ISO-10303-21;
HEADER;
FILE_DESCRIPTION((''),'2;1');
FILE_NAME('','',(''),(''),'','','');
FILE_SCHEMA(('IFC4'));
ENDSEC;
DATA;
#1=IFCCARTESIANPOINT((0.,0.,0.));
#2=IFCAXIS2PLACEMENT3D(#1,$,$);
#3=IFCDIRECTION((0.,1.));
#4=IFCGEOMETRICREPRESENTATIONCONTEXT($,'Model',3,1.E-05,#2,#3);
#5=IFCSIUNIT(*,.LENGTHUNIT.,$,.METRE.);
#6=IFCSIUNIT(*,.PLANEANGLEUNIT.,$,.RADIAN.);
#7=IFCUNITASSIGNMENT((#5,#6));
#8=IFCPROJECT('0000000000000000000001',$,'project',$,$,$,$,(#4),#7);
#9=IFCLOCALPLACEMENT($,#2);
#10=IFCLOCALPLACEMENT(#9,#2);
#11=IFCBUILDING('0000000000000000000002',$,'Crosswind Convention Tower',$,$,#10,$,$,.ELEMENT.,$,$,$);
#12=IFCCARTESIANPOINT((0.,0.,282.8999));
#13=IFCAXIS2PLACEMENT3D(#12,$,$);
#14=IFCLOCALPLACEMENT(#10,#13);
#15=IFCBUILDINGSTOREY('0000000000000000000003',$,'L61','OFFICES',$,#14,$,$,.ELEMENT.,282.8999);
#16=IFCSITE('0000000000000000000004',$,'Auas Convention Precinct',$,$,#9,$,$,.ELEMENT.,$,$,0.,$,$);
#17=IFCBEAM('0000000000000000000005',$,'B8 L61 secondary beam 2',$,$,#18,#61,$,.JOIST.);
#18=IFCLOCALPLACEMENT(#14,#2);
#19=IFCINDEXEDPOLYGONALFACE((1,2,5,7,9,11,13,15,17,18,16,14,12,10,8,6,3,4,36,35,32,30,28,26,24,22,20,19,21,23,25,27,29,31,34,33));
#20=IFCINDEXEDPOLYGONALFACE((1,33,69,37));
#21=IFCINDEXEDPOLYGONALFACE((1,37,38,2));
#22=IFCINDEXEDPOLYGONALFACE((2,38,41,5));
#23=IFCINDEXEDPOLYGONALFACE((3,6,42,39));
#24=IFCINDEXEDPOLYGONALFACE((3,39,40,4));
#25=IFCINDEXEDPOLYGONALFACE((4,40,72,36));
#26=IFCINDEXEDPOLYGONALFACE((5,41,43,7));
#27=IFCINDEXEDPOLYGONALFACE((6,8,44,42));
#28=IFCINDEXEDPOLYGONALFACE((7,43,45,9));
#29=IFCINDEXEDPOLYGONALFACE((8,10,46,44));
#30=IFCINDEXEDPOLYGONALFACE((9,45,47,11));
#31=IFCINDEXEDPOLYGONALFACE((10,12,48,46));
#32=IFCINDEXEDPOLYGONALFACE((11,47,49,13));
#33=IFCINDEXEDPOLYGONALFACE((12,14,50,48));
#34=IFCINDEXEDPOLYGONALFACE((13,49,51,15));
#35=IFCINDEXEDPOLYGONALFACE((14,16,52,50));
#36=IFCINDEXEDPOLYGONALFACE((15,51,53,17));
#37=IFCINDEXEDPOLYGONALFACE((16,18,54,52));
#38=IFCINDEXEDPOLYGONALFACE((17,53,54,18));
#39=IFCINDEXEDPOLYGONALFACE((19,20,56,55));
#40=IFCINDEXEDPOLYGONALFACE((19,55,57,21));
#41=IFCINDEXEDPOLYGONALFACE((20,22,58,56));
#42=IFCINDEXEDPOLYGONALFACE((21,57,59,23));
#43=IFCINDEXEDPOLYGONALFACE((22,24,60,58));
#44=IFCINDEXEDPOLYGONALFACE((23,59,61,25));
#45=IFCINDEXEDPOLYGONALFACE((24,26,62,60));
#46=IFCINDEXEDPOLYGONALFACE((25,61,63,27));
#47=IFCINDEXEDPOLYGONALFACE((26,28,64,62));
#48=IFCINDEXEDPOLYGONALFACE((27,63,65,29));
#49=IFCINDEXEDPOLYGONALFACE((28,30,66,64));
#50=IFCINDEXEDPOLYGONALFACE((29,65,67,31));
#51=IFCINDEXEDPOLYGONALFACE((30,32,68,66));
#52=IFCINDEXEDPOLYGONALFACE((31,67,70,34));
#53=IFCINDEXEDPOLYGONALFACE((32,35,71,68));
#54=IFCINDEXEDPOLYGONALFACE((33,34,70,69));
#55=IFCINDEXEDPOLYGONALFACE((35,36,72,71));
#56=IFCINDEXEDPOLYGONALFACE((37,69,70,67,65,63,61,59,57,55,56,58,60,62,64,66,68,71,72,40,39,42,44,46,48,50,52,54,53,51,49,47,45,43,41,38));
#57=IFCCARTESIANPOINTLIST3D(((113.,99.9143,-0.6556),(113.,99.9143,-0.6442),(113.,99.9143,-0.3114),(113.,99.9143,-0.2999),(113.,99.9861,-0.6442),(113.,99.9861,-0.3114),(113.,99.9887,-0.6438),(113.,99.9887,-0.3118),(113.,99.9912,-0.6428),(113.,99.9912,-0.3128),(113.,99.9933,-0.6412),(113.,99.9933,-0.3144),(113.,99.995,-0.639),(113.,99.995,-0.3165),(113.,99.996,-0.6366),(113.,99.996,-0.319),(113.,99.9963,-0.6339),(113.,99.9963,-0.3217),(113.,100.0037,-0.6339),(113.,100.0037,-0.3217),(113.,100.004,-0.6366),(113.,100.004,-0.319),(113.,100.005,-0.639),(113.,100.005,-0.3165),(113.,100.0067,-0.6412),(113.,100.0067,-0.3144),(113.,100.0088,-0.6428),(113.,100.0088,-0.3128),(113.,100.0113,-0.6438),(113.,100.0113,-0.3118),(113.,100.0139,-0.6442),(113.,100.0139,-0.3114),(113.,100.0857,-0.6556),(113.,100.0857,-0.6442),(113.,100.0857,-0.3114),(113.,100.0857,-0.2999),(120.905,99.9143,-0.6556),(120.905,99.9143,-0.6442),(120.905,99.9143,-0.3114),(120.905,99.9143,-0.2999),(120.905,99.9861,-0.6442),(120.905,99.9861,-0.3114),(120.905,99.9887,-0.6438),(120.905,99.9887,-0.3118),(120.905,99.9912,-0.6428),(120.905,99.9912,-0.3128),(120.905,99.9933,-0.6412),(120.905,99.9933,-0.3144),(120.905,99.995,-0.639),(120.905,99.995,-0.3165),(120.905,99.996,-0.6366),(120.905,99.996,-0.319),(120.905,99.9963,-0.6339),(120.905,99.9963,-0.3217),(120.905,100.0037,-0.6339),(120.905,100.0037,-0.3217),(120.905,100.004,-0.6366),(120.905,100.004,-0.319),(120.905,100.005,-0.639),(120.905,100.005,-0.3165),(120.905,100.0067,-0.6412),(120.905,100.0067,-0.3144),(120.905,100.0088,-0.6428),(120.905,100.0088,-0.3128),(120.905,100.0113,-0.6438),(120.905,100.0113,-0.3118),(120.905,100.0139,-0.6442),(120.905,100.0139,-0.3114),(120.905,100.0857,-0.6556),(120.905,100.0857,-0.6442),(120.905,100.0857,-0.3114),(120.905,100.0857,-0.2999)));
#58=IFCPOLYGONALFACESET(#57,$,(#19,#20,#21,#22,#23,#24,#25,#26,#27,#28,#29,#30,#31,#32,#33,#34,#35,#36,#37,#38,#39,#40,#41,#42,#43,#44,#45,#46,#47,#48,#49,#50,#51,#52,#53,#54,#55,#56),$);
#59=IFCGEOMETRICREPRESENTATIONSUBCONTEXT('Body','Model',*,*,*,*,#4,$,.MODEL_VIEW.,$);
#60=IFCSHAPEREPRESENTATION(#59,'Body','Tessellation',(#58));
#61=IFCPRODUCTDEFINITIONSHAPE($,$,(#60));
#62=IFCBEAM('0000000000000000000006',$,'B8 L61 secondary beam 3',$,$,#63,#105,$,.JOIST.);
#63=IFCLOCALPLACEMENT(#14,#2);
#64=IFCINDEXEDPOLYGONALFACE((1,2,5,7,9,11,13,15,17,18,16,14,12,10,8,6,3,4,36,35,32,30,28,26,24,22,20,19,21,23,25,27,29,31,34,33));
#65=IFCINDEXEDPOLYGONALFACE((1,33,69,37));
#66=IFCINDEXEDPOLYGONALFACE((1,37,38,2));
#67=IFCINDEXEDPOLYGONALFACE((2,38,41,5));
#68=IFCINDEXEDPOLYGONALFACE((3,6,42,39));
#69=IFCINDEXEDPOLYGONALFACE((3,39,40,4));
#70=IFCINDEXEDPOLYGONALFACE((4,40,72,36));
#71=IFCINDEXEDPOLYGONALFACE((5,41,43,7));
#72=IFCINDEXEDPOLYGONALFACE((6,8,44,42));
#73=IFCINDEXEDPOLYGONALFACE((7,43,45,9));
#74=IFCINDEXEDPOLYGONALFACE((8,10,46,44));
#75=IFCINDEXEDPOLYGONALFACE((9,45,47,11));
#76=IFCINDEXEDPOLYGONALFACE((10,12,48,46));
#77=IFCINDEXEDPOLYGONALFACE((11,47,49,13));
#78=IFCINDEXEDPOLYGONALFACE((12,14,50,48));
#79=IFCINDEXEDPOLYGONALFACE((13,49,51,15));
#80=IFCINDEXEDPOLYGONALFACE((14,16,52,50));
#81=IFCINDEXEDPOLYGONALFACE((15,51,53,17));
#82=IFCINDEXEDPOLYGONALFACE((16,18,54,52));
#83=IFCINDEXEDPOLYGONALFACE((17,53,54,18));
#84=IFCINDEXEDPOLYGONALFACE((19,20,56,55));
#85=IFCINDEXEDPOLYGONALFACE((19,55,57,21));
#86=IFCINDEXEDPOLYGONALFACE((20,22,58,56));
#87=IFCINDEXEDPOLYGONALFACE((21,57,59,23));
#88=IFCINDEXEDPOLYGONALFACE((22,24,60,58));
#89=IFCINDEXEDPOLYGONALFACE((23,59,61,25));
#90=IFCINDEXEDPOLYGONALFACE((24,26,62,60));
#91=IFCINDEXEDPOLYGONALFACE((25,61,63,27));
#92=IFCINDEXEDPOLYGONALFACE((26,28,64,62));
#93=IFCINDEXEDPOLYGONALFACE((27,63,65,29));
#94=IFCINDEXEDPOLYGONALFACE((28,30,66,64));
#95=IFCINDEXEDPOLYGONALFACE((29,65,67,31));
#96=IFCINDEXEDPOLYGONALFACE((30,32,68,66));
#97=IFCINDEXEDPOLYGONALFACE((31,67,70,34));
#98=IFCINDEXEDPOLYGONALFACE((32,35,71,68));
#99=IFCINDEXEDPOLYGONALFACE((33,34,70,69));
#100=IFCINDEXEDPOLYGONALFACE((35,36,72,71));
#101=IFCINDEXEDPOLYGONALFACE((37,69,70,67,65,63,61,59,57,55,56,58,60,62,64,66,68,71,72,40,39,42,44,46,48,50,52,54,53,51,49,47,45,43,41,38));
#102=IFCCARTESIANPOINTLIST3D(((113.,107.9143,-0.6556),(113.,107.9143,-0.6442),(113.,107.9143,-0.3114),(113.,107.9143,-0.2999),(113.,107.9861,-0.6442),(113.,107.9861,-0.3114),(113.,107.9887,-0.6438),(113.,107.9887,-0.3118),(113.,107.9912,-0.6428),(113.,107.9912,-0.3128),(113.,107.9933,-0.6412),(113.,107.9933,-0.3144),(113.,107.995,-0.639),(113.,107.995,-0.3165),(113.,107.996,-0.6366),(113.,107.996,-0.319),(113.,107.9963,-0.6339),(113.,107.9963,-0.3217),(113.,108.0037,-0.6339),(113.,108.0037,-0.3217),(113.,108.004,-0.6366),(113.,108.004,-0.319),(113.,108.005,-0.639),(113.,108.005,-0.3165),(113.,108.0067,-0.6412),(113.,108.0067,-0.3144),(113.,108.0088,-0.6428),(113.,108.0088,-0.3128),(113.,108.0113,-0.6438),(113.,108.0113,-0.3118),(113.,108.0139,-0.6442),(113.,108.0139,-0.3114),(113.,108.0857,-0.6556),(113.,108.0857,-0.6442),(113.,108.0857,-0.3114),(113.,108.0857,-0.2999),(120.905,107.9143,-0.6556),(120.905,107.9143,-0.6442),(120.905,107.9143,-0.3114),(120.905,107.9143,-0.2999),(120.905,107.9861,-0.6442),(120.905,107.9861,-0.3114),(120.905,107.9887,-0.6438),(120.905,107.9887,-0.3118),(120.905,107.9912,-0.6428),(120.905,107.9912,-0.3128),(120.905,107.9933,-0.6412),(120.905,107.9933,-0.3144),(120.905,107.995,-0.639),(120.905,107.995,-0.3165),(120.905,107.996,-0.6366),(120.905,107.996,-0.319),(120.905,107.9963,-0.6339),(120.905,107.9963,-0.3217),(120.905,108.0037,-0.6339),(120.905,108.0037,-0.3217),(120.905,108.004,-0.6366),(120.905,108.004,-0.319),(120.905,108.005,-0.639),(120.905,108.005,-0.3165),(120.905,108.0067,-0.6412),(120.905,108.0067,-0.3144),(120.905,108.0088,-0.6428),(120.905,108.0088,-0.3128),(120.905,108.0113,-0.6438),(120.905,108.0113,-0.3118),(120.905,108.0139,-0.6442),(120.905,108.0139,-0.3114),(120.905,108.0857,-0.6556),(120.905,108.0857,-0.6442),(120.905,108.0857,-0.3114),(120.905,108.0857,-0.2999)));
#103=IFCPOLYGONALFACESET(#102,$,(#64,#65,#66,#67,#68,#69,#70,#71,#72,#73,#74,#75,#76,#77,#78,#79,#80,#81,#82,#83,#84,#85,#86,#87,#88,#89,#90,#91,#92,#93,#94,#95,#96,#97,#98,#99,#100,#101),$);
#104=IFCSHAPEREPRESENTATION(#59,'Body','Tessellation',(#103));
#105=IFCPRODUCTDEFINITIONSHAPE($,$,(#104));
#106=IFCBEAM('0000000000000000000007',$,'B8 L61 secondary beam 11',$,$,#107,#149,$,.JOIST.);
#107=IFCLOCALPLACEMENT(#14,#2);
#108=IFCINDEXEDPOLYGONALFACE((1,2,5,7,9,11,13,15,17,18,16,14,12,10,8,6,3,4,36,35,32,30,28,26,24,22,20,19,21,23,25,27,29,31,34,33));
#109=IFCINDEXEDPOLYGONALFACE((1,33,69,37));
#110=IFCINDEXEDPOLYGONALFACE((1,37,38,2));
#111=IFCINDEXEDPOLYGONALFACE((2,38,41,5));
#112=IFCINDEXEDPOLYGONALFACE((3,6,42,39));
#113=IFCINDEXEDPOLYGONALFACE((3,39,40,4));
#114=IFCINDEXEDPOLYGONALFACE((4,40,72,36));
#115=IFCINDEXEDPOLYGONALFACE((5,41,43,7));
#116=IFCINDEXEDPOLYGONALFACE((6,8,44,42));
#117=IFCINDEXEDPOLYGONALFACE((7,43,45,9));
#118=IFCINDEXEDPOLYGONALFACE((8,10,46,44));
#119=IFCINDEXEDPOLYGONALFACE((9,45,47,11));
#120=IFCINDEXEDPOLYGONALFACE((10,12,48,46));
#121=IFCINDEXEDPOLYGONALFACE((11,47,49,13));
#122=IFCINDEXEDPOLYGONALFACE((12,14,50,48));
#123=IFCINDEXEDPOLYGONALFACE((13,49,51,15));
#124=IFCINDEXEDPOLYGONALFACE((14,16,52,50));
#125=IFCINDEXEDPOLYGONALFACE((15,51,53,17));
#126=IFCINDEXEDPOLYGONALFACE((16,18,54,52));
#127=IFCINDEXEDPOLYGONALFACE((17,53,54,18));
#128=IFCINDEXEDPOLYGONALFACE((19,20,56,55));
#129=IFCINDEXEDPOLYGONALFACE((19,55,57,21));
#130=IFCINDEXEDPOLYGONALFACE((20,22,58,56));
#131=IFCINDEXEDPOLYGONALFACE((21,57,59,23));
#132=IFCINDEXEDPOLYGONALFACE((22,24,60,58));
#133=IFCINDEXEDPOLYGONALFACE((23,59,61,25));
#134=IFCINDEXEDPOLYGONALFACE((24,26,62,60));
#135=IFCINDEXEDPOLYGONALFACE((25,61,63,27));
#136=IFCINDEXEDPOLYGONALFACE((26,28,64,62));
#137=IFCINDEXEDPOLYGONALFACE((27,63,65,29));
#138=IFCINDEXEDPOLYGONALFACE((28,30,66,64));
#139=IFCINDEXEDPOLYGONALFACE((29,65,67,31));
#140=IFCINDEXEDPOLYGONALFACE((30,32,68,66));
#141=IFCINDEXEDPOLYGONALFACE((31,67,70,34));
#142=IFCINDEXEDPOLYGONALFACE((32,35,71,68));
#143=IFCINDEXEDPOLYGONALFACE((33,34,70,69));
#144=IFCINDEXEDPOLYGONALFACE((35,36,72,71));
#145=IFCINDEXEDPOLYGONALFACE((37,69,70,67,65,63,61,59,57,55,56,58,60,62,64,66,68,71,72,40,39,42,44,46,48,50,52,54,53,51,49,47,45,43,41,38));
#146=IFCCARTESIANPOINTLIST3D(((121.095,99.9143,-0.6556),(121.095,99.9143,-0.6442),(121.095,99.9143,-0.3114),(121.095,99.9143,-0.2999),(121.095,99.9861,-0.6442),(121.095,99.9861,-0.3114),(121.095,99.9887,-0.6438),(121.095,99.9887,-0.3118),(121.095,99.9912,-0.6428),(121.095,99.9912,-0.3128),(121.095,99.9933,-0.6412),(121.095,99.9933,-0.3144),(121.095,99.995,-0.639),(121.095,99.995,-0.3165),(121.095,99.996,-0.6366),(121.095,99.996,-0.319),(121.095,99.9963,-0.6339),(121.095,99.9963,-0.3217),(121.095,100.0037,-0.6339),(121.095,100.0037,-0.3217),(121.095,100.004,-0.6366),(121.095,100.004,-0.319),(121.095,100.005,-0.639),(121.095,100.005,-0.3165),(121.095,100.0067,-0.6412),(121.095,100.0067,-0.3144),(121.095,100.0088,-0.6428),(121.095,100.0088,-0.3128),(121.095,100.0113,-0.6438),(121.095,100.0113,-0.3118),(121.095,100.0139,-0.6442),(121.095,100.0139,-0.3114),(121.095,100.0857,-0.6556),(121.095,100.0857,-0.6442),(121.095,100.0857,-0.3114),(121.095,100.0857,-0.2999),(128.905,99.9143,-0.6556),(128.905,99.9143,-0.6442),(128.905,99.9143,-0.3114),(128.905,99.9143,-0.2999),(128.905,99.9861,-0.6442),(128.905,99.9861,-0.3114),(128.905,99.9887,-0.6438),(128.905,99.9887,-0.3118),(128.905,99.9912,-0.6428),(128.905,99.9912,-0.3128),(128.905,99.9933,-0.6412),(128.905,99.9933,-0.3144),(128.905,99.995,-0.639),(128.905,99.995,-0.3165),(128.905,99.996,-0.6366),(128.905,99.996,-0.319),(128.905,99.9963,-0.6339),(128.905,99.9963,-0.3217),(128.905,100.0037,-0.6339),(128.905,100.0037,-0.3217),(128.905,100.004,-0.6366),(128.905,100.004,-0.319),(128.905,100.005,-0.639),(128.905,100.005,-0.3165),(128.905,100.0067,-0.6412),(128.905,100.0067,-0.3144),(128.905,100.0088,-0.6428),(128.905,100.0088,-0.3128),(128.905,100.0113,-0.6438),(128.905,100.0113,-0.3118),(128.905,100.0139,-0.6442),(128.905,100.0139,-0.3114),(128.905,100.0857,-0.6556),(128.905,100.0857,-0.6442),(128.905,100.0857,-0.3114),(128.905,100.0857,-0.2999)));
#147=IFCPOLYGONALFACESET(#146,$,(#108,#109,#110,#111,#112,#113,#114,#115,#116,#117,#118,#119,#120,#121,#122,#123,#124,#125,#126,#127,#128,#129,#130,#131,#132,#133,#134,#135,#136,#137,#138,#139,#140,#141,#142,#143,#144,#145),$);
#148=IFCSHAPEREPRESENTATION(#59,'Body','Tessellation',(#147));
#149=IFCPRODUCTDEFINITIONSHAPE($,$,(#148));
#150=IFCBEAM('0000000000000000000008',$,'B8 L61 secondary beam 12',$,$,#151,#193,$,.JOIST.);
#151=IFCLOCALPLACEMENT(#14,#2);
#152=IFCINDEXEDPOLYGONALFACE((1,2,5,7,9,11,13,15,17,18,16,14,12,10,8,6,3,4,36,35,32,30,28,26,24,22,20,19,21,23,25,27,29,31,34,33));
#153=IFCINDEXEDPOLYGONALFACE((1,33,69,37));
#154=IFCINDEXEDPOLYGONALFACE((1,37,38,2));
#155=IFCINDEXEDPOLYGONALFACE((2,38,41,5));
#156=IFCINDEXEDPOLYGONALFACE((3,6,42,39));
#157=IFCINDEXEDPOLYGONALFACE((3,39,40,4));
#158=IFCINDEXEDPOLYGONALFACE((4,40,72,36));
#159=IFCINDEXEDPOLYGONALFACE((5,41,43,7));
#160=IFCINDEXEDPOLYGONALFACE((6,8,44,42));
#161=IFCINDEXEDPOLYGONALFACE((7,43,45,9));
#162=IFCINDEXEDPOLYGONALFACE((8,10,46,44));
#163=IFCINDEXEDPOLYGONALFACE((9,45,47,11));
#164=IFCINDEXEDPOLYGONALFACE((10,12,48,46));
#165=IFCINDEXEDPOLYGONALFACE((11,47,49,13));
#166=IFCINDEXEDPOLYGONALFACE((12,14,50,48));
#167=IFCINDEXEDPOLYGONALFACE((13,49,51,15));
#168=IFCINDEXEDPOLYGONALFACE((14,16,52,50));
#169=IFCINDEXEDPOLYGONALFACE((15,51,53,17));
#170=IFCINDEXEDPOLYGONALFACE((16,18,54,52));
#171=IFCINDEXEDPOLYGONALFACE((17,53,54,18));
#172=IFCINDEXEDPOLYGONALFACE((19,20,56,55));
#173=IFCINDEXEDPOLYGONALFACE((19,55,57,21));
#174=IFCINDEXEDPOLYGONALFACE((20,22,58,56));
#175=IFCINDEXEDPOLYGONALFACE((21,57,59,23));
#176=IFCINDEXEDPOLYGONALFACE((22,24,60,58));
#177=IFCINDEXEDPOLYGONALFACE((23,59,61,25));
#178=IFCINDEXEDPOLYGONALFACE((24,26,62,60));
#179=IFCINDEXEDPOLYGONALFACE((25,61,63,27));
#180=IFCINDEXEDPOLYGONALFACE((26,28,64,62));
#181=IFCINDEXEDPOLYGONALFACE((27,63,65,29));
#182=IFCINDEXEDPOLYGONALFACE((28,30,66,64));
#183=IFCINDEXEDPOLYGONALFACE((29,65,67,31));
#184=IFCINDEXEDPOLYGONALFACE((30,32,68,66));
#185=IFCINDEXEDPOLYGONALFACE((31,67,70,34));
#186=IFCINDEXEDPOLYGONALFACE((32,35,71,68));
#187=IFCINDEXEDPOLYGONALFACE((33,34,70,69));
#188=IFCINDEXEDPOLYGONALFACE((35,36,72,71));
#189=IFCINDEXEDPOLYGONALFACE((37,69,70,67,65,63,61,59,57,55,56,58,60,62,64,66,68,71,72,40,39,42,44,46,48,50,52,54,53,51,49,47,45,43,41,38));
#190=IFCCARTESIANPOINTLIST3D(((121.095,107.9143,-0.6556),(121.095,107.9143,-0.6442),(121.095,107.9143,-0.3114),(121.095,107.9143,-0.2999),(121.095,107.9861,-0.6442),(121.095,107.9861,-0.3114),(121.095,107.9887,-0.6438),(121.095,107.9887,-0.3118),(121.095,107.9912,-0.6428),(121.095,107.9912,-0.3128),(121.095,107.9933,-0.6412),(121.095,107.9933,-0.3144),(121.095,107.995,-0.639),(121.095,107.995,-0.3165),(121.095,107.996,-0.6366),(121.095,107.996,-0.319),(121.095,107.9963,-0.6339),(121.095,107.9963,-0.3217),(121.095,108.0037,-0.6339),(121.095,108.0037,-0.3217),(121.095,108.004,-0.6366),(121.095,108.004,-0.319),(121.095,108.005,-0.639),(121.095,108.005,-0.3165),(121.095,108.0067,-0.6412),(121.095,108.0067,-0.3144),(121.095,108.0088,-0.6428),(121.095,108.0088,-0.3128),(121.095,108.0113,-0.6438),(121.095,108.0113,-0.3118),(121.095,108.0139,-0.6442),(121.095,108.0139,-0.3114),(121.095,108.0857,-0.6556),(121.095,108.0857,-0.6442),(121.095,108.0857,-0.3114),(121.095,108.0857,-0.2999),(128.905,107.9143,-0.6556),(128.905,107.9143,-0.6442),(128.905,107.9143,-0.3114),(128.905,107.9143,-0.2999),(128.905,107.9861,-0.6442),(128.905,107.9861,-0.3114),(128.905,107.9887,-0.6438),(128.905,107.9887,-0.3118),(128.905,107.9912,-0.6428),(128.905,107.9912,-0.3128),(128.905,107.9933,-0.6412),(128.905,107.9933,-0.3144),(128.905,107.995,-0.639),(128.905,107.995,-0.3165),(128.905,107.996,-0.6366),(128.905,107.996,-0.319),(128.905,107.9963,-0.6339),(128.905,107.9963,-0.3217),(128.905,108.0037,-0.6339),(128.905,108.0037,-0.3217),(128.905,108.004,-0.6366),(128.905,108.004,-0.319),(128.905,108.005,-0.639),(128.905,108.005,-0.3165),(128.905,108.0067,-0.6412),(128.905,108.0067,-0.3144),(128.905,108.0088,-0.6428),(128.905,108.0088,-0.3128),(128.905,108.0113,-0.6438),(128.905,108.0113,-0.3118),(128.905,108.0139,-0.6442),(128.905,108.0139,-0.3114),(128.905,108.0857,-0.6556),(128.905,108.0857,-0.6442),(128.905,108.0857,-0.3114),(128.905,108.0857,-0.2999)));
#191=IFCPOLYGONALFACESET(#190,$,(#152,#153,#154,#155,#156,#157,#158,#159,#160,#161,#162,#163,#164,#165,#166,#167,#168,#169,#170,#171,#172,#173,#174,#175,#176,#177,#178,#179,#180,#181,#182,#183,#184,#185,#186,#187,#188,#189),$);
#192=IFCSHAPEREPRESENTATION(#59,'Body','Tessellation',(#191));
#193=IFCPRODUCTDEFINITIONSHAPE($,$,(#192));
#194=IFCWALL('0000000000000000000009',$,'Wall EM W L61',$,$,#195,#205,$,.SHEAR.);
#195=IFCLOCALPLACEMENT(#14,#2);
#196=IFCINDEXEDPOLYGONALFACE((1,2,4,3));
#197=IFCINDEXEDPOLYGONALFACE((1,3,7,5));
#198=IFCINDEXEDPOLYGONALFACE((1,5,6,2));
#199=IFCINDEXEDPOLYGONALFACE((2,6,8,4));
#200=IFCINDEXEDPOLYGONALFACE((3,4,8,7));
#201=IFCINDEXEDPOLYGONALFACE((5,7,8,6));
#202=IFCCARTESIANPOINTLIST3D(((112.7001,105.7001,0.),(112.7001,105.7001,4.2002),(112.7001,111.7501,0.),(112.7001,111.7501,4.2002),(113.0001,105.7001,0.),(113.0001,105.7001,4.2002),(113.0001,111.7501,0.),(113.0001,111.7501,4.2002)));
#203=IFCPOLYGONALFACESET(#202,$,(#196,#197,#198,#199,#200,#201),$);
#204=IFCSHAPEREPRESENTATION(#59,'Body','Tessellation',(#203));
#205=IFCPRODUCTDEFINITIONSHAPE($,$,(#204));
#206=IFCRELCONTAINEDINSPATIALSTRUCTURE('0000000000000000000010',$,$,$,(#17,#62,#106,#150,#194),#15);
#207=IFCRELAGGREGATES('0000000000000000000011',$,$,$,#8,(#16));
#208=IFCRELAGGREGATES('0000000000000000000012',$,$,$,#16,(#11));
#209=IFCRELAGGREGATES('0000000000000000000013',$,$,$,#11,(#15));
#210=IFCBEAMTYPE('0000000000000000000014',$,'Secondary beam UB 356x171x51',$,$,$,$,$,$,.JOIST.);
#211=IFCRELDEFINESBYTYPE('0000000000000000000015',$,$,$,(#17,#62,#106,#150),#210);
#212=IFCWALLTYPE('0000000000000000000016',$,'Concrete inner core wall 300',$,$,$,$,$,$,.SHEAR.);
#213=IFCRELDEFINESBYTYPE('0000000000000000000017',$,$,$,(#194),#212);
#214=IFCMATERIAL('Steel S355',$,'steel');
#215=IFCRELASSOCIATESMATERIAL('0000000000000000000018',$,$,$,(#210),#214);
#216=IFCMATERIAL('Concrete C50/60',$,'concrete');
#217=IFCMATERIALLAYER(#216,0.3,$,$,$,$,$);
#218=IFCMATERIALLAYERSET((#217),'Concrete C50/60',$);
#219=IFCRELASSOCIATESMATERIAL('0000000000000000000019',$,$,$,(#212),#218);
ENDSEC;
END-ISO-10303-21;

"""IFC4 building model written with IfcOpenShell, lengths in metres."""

from ifc_helpers import new_model, si_unit, direction, frame, frame_2d, origin, origin_2d, place, context, subcontext, project, spatial, rectangle, i_section, extrude, material, layer, layer_set, material_profile, profile_set, type_object, element, save


model = new_model("IFC4")

# Units and contexts
model_context = context("Model", 3, precision=1e-05, world=origin(), true_north=direction((0.0, 1.0)))
body_context = subcontext(model_context, "Body", "Model", "MODEL_VIEW")
ifc_project = project(units=[si_unit("LENGTHUNIT", "METRE"), si_unit("PLANEANGLEUNIT", "RADIAN")], contexts=[model_context])

# Site, building, storey
site_placement = place(None, origin())
site = spatial("IfcSite", under=ifc_project, at=site_placement, Name="Auas Convention Precinct", CompositionType="ELEMENT", RefElevation=0.0)
building_placement = place(site_placement, origin())
building = spatial("IfcBuilding", under=site, at=building_placement, Name="Crosswind Convention Tower", CompositionType="ELEMENT")
storey_placement = place(building_placement, frame((0.0, 0.0, 282.8999)))
storey = spatial("IfcBuildingStorey", under=building, at=storey_placement, Name="L61", Description="OFFICES", CompositionType="ELEMENT", Elevation=282.8999)

# Beams
ifc_material_1 = material(Name="Steel S355", Category="steel")
ifc_material_profile_1 = material_profile(ifc_material_1, i_section(OverallWidth=0.1714, OverallDepth=0.3557, WebThickness=0.0073, FlangeThickness=0.0115, FilletRadius=0.0103, at=origin_2d()), Name="UB 356x171x51")
ifc_profile_set_1 = profile_set([ifc_material_profile_1], Name="Steel S355")
beam_type_1 = type_object("IfcBeamType", Name="Secondary beam UB 356x171x51", PredefinedType="JOIST", material=ifc_profile_set_1)
for number, where, z_axis, x_axis, name in (
    (1, (113.0, 100.0, -0.4778), (1.0, 0.0, 0.0), (0.0, 1.0, 0.0), "B8 L61 secondary beam 2"),
    (2, (113.0, 108.0, -0.4778), (1.0, 0.0, 0.0), (0.0, 1.0, 0.0), "B8 L61 secondary beam 3"),
):
    element("IfcBeam", number, at=place(storey_placement, frame(where, z_axis=z_axis, x_axis=x_axis)), inside=storey, type_object=beam_type_1, Name=name, PredefinedType="JOIST", context=body_context, shape_type="SweptSolid", body=[
        extrude(i_section(OverallWidth=0.1714, OverallDepth=0.3557, WebThickness=0.0073, FlangeThickness=0.0115, FilletRadius=0.0103, at=origin_2d()), origin(), (0.0, 0.0, 1.0), 7.905),
    ])
for number, where, z_axis, x_axis, name in (
    (3, (121.095, 100.0, -0.4778), (1.0, 0.0, 0.0), (0.0, 1.0, 0.0), "B8 L61 secondary beam 11"),
    (4, (121.095, 108.0, -0.4778), (1.0, 0.0, 0.0), (0.0, 1.0, 0.0), "B8 L61 secondary beam 12"),
):
    element("IfcBeam", number, at=place(storey_placement, frame(where, z_axis=z_axis, x_axis=x_axis)), inside=storey, type_object=beam_type_1, Name=name, PredefinedType="JOIST", context=body_context, shape_type="SweptSolid", body=[
        extrude(i_section(OverallWidth=0.1714, OverallDepth=0.3557, WebThickness=0.0073, FlangeThickness=0.0115, FilletRadius=0.0103, at=origin_2d()), origin(), (0.0, 0.0, 1.0), 7.8101),
    ])

# Shared definitions
ifc_material_2 = material(Name="Concrete C50/60", Category="concrete")
ifc_layer_1 = layer(ifc_material_2, 0.3)
ifc_layer_set_1 = layer_set([ifc_layer_1], Name="Concrete C50/60")
wall_type_1 = type_object("IfcWallType", Name="Concrete inner core wall 300", PredefinedType="SHEAR", material=ifc_layer_set_1)

# Wall
wall_1_placement = place(storey_placement, frame((112.8501, 111.75, 0.0), z_axis=(0.0, 0.0, 1.0), x_axis=(0.0, -1.0, 0.0)))
element("IfcWall", 5, at=wall_1_placement, inside=storey, type_object=wall_type_1, Name="Wall EM W L61", PredefinedType="SHEAR", context=body_context, shape_type="SweptSolid", body=[
    extrude(rectangle(XDim=6.05, YDim=0.3, at=frame_2d((3.0249, 0.0))), origin(), (0.0, 0.0, 1.0), 4.2002),
])

save(model, "model.ifc")
